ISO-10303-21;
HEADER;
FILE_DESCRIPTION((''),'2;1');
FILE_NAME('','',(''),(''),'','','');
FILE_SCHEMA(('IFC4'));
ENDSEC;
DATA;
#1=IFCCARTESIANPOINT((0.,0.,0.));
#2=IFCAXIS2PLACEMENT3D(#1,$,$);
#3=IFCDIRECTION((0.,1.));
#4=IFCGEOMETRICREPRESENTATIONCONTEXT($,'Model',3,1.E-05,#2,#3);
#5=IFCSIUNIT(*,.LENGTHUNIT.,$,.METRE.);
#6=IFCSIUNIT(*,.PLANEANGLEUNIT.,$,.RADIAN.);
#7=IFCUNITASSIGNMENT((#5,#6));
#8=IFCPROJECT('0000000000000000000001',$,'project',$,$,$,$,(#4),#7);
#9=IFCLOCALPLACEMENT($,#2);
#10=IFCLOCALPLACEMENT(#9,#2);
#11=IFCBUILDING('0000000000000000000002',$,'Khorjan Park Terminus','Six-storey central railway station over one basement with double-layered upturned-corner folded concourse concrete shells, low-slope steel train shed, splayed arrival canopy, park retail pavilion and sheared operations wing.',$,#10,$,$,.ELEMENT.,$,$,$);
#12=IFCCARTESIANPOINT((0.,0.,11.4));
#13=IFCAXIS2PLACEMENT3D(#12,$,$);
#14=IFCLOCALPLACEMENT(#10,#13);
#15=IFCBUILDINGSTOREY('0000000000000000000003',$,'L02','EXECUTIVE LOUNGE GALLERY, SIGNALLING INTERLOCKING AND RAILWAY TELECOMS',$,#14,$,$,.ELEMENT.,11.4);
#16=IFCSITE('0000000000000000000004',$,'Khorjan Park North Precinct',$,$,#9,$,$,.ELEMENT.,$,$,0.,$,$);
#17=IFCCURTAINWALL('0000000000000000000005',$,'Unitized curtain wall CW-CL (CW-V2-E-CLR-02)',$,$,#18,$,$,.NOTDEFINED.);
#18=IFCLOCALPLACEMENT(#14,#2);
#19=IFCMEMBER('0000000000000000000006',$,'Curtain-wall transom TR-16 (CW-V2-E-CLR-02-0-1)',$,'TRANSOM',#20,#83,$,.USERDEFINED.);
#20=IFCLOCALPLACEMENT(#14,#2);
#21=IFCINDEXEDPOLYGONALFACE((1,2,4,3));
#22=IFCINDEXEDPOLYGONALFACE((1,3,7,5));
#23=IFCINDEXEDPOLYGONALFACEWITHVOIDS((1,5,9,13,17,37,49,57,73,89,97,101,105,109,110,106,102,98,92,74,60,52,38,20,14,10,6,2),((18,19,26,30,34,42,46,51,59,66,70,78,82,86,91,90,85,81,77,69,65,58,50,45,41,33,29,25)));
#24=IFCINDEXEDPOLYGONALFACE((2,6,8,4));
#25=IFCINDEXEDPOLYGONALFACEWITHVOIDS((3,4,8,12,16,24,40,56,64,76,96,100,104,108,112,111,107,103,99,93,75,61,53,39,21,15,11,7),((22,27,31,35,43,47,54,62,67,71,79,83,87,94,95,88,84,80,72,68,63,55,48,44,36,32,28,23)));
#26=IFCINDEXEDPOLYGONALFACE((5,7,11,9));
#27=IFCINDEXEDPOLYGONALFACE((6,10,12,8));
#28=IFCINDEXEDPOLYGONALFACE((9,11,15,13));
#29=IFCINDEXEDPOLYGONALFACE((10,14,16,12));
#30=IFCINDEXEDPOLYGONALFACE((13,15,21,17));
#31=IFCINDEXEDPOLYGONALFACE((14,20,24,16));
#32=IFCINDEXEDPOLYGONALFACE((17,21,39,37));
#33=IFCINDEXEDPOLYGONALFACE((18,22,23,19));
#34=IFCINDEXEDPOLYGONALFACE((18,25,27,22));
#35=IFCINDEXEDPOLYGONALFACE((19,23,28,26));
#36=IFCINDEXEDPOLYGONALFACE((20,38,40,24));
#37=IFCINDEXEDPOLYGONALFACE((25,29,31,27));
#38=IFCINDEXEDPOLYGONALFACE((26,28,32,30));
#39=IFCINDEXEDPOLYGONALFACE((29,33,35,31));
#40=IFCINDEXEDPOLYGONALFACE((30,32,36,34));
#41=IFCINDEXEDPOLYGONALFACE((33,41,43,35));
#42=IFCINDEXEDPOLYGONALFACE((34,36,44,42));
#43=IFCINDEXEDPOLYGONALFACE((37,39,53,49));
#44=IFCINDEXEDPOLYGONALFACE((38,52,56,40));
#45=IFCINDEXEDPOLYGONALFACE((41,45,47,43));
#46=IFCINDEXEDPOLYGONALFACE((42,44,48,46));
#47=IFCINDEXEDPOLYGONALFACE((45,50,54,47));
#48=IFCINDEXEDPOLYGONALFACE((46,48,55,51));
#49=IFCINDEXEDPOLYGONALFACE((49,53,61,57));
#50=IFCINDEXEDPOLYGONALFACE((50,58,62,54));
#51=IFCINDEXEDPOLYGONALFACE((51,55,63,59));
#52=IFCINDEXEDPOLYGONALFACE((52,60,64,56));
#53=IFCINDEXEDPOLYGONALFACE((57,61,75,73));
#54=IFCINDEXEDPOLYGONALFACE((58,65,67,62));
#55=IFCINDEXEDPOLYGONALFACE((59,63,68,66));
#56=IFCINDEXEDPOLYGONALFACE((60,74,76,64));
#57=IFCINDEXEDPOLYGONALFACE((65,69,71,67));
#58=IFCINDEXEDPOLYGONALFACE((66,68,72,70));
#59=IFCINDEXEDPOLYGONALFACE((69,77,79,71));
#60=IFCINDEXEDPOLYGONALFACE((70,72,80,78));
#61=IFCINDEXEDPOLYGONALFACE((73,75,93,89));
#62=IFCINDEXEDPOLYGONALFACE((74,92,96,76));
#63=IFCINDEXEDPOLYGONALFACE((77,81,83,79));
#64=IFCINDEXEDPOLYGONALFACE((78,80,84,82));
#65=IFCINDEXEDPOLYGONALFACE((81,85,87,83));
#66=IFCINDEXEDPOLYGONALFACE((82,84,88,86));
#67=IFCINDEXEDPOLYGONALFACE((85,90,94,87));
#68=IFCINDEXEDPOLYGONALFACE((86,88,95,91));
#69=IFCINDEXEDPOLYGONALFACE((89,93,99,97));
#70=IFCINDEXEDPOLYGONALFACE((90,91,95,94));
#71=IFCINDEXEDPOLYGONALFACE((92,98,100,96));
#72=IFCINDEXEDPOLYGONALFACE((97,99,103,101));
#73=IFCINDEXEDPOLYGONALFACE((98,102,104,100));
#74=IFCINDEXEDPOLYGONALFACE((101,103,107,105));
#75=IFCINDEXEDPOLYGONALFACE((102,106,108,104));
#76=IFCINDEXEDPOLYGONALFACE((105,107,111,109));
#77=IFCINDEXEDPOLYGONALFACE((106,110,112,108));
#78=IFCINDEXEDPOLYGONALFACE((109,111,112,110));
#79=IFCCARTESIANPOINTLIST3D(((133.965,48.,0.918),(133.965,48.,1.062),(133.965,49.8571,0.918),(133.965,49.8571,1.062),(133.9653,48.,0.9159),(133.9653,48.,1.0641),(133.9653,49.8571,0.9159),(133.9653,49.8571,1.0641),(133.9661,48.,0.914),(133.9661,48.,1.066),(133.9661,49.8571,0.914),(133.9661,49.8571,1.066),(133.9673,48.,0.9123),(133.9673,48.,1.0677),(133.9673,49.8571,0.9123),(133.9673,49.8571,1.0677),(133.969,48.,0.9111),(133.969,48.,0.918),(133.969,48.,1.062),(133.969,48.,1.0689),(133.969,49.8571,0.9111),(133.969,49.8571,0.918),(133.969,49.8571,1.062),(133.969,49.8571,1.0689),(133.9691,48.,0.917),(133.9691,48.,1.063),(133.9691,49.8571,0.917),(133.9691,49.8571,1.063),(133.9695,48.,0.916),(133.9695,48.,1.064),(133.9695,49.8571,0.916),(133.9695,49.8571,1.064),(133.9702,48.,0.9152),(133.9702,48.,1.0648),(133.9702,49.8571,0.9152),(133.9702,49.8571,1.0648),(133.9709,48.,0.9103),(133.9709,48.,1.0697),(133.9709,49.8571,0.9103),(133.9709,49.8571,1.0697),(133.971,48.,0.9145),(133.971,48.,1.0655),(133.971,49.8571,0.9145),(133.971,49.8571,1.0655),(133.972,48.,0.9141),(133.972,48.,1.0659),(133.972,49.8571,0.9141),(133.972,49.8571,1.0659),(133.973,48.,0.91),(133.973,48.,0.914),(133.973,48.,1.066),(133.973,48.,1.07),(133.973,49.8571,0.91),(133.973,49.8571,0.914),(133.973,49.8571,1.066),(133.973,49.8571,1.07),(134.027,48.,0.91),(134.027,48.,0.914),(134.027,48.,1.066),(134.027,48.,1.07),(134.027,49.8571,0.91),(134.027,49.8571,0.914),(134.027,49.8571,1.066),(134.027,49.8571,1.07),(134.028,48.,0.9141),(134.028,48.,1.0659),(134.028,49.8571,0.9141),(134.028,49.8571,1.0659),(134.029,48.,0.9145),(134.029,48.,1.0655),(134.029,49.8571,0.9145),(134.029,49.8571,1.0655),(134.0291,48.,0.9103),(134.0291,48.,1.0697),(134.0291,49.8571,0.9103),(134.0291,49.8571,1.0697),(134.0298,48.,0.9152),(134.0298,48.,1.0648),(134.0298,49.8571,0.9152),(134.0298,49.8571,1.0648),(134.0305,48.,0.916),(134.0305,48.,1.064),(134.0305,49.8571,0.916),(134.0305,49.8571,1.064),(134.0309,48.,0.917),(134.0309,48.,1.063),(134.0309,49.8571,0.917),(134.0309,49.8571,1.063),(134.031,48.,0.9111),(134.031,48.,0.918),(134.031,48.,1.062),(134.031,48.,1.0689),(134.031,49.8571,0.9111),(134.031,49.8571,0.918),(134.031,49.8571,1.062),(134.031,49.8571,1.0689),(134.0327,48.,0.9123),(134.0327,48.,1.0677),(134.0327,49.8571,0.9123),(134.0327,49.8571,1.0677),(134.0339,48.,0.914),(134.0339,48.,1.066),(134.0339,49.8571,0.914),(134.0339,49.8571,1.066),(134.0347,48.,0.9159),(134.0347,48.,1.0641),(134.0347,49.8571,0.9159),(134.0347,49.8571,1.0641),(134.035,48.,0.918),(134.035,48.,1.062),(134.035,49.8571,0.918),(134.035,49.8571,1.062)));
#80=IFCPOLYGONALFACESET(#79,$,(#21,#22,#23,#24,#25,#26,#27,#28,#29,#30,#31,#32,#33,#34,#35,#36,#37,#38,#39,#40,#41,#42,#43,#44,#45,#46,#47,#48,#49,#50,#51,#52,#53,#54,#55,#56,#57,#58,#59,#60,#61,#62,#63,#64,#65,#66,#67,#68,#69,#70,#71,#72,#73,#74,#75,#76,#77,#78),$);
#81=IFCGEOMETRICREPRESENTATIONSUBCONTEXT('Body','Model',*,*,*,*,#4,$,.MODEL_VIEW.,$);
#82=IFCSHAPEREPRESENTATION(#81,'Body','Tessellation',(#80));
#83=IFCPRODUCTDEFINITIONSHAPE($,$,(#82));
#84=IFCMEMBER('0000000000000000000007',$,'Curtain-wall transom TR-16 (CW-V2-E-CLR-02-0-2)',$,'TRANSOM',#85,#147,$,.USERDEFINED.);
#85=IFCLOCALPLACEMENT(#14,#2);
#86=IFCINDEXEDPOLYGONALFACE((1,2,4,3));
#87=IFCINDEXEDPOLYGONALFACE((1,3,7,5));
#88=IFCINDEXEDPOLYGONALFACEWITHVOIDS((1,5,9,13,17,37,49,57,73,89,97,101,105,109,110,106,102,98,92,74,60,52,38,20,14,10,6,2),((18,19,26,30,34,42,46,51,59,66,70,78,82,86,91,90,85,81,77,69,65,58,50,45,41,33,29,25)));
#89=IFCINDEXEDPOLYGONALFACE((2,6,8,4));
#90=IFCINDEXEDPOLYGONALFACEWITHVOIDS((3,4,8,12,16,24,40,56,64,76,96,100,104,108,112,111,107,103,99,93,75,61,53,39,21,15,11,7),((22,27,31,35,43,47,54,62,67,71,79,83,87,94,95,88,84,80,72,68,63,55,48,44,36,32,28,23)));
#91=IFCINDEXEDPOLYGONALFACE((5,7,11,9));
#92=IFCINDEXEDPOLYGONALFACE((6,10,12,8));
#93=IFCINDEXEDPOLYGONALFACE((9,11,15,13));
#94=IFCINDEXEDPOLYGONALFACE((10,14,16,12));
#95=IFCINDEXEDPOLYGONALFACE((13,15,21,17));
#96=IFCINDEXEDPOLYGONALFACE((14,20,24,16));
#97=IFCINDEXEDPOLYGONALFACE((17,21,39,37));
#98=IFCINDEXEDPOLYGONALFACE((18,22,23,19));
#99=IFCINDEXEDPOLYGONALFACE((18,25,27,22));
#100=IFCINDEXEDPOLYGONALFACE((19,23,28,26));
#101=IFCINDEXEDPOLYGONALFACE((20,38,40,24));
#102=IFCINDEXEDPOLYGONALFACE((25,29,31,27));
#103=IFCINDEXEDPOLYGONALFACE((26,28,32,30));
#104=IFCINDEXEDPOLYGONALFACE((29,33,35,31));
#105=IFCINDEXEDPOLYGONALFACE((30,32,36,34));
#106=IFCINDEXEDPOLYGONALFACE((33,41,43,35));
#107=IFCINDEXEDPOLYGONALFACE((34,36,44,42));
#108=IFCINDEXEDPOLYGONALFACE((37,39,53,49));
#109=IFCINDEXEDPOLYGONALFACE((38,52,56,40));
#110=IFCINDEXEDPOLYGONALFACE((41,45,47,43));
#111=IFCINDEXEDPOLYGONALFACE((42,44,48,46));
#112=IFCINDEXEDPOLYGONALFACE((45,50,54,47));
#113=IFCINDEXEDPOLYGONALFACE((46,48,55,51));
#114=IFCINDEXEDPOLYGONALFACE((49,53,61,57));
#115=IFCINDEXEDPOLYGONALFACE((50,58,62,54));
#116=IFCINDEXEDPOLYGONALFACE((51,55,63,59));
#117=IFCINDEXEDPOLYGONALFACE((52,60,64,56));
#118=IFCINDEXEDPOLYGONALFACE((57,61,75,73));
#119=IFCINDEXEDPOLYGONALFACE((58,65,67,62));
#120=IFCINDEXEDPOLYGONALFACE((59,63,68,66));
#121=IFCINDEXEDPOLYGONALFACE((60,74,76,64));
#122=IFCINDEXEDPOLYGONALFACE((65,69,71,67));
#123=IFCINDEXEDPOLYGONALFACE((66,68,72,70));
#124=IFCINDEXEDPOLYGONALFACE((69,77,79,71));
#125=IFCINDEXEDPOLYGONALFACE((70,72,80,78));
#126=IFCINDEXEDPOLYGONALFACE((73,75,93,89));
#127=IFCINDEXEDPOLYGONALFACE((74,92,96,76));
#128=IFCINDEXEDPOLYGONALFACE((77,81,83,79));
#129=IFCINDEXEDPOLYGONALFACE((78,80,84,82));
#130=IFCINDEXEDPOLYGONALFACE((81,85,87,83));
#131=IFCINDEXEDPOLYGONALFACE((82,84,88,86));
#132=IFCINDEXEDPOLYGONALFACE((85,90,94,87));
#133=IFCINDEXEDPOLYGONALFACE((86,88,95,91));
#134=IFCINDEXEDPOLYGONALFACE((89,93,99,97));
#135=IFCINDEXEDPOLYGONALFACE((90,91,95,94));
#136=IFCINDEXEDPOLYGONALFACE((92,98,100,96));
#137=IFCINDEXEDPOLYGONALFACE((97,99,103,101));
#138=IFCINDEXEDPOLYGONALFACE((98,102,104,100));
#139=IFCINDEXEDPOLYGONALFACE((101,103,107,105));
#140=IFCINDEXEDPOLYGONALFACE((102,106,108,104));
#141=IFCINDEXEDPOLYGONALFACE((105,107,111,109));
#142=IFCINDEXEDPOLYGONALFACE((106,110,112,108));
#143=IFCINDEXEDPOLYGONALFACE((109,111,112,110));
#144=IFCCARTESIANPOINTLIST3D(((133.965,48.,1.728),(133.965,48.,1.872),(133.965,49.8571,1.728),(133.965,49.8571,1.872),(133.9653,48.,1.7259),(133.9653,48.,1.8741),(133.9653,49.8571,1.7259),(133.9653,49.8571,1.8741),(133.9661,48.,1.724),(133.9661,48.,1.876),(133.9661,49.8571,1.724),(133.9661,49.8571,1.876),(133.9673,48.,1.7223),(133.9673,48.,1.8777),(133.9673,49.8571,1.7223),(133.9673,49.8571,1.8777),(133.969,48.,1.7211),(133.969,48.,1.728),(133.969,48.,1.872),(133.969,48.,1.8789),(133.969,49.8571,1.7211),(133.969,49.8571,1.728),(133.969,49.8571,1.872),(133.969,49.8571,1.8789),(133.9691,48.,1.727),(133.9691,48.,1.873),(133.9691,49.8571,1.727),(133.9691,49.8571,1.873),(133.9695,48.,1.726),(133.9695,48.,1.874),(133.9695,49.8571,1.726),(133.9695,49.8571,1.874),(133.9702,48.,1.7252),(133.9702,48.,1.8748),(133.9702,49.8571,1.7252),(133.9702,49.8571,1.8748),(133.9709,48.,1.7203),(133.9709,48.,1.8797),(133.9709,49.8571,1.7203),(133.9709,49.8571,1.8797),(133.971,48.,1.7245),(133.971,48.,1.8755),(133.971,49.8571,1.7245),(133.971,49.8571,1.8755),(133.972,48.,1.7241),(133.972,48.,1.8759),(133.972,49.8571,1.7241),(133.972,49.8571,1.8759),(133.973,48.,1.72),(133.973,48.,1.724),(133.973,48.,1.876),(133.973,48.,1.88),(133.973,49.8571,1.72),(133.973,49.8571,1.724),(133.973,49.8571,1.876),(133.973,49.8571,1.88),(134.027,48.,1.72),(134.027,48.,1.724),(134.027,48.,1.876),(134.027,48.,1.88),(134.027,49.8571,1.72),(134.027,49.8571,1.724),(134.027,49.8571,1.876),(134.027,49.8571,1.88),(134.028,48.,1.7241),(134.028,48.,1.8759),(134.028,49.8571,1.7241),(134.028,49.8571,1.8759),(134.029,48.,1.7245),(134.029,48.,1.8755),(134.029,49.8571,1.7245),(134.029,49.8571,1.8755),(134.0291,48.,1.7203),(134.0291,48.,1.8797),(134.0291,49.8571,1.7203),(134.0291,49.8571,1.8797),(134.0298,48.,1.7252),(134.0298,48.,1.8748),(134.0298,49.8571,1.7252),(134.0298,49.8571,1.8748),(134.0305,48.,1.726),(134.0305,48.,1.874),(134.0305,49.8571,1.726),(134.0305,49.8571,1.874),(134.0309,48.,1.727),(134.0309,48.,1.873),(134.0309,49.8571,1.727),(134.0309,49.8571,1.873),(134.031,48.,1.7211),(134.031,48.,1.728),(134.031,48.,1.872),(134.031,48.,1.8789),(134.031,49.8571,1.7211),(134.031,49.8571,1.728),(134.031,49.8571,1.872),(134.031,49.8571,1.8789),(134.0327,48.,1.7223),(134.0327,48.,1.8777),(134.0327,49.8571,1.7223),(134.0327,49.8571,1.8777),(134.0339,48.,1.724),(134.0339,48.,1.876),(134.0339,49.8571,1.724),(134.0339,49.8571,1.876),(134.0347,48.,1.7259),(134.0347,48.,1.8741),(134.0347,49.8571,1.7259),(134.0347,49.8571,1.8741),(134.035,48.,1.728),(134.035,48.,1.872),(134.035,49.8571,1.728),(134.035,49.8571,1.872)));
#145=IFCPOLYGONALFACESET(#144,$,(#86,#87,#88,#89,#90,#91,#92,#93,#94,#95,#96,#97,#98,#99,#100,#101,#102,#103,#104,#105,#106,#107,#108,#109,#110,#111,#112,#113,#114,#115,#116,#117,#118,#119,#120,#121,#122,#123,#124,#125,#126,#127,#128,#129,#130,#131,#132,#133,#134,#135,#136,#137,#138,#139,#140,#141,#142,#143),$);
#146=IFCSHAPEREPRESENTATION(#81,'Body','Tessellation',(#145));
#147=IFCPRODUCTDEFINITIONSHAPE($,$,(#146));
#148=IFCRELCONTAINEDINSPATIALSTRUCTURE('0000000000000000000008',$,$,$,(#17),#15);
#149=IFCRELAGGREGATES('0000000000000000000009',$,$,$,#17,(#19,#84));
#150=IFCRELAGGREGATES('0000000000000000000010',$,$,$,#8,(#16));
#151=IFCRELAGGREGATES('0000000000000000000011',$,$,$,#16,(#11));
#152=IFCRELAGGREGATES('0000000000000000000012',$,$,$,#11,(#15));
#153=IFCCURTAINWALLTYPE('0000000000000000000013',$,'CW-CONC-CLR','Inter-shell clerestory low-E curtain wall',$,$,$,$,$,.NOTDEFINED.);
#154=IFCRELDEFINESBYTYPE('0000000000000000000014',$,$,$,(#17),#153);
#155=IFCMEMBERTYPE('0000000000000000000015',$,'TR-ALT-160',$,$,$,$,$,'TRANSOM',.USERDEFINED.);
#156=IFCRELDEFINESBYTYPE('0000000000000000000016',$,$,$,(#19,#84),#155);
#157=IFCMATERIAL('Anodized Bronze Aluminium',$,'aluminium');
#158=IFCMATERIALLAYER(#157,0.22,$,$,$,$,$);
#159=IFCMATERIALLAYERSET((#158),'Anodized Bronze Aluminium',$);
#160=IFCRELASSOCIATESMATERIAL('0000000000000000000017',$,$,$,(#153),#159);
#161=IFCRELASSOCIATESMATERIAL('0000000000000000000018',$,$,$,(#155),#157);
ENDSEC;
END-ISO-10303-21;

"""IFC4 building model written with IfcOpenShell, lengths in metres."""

from ifc_helpers import new_model, si_unit, direction, frame, origin, origin_2d, place, context, subcontext, project, spatial, hollow_rectangle, extrude, material, layer, layer_set, material_profile, profile_set, type_object, element, aggregate, save


model = new_model("IFC4")

# Units and contexts
model_context = context("Model", 3, precision=1e-05, world=origin(), true_north=direction((0.0, 1.0)))
body_context = subcontext(model_context, "Body", "Model", "MODEL_VIEW")
ifc_project = project(units=[si_unit("LENGTHUNIT", "METRE"), si_unit("PLANEANGLEUNIT", "RADIAN")], contexts=[model_context])

# Site, building, storey
site_placement = place(None, origin())
site = spatial("IfcSite", under=ifc_project, at=site_placement, Name="Khorjan Park North Precinct", CompositionType="ELEMENT", RefElevation=0.0)
building_placement = place(site_placement, origin())
building = spatial("IfcBuilding", under=site, at=building_placement, Name="Khorjan Park Terminus", Description="Six-storey central railway station over one basement with double-layered upturned-corner folded concourse concrete shells, low-slope steel train shed, splayed arrival canopy, park retail pavilion and sheared operations wing.", CompositionType="ELEMENT")
storey_placement = place(building_placement, frame((0.0, 0.0, 11.4)))
storey = spatial("IfcBuildingStorey", under=building, at=storey_placement, Name="L02", Description="EXECUTIVE LOUNGE GALLERY, SIGNALLING INTERLOCKING AND RAILWAY TELECOMS", CompositionType="ELEMENT", Elevation=11.4)

# Shared definitions
ifc_material_1 = material(Name="Anodized Bronze Aluminium", Category="aluminium")
ifc_layer_1 = layer(ifc_material_1, 0.22)
ifc_layer_set_1 = layer_set([ifc_layer_1], Name="Anodized Bronze Aluminium")
curtain_wall_type = type_object("IfcCurtainWallType", Name="CW-CONC-CLR", Description="Inter-shell clerestory low-E curtain wall", PredefinedType="NOTDEFINED", material=ifc_layer_set_1)

# Curtain wall, members
curtain_wall_1_placement = place(storey_placement, origin())
curtain_wall_1 = element("IfcCurtainWall", 1, at=curtain_wall_1_placement, inside=storey, type_object=curtain_wall_type, Name="Unitized curtain wall CW-CL (CW-V2-E-CLR-02)", PredefinedType="NOTDEFINED")
ifc_material_profile_1 = material_profile(ifc_material_1, hollow_rectangle(XDim=0.07, YDim=0.16, WallThickness=0.004, InnerFilletRadius=0.004, OuterFilletRadius=0.008, at=origin_2d()), Name="ALT 70x160x4")
ifc_profile_set_1 = profile_set([ifc_material_profile_1], Name="Anodized Bronze Aluminium")
member_type_1 = type_object("IfcMemberType", Name="TR-ALT-160", ElementType="TRANSOM", PredefinedType="USERDEFINED", material=ifc_profile_set_1)
member_1_placement = place(storey_placement, frame((134.0, 48.0, 0.99), z_axis=(0.0, 1.0, 0.0), x_axis=(-1.0, 0.0, 0.0)))
member_1 = element("IfcMember", 2, at=member_1_placement, type_object=member_type_1, Name="Curtain-wall transom TR-16 (CW-V2-E-CLR-02-0-1)", ObjectType="TRANSOM", PredefinedType="USERDEFINED", context=body_context, shape_type="SweptSolid", body=[
    extrude(hollow_rectangle(XDim=0.07, YDim=0.16, WallThickness=0.004, InnerFilletRadius=0.004, OuterFilletRadius=0.008, at=origin_2d()), origin(), (0.0, 0.0, 1.0), 1.8571),
])
member_2_placement = place(storey_placement, frame((134.0, 48.0, 1.8), z_axis=(0.0, 1.0, 0.0), x_axis=(-1.0, 0.0, 0.0)))
member_2 = element("IfcMember", 3, at=member_2_placement, type_object=member_type_1, Name="Curtain-wall transom TR-16 (CW-V2-E-CLR-02-0-2)", ObjectType="TRANSOM", PredefinedType="USERDEFINED", context=body_context, shape_type="SweptSolid", body=[
    extrude(hollow_rectangle(XDim=0.07, YDim=0.16, WallThickness=0.004, InnerFilletRadius=0.004, OuterFilletRadius=0.008, at=origin_2d()), origin(), (0.0, 0.0, 1.0), 1.8571),
])

aggregate(curtain_wall_1, [member_1, member_2])

save(model, "model.ifc")
